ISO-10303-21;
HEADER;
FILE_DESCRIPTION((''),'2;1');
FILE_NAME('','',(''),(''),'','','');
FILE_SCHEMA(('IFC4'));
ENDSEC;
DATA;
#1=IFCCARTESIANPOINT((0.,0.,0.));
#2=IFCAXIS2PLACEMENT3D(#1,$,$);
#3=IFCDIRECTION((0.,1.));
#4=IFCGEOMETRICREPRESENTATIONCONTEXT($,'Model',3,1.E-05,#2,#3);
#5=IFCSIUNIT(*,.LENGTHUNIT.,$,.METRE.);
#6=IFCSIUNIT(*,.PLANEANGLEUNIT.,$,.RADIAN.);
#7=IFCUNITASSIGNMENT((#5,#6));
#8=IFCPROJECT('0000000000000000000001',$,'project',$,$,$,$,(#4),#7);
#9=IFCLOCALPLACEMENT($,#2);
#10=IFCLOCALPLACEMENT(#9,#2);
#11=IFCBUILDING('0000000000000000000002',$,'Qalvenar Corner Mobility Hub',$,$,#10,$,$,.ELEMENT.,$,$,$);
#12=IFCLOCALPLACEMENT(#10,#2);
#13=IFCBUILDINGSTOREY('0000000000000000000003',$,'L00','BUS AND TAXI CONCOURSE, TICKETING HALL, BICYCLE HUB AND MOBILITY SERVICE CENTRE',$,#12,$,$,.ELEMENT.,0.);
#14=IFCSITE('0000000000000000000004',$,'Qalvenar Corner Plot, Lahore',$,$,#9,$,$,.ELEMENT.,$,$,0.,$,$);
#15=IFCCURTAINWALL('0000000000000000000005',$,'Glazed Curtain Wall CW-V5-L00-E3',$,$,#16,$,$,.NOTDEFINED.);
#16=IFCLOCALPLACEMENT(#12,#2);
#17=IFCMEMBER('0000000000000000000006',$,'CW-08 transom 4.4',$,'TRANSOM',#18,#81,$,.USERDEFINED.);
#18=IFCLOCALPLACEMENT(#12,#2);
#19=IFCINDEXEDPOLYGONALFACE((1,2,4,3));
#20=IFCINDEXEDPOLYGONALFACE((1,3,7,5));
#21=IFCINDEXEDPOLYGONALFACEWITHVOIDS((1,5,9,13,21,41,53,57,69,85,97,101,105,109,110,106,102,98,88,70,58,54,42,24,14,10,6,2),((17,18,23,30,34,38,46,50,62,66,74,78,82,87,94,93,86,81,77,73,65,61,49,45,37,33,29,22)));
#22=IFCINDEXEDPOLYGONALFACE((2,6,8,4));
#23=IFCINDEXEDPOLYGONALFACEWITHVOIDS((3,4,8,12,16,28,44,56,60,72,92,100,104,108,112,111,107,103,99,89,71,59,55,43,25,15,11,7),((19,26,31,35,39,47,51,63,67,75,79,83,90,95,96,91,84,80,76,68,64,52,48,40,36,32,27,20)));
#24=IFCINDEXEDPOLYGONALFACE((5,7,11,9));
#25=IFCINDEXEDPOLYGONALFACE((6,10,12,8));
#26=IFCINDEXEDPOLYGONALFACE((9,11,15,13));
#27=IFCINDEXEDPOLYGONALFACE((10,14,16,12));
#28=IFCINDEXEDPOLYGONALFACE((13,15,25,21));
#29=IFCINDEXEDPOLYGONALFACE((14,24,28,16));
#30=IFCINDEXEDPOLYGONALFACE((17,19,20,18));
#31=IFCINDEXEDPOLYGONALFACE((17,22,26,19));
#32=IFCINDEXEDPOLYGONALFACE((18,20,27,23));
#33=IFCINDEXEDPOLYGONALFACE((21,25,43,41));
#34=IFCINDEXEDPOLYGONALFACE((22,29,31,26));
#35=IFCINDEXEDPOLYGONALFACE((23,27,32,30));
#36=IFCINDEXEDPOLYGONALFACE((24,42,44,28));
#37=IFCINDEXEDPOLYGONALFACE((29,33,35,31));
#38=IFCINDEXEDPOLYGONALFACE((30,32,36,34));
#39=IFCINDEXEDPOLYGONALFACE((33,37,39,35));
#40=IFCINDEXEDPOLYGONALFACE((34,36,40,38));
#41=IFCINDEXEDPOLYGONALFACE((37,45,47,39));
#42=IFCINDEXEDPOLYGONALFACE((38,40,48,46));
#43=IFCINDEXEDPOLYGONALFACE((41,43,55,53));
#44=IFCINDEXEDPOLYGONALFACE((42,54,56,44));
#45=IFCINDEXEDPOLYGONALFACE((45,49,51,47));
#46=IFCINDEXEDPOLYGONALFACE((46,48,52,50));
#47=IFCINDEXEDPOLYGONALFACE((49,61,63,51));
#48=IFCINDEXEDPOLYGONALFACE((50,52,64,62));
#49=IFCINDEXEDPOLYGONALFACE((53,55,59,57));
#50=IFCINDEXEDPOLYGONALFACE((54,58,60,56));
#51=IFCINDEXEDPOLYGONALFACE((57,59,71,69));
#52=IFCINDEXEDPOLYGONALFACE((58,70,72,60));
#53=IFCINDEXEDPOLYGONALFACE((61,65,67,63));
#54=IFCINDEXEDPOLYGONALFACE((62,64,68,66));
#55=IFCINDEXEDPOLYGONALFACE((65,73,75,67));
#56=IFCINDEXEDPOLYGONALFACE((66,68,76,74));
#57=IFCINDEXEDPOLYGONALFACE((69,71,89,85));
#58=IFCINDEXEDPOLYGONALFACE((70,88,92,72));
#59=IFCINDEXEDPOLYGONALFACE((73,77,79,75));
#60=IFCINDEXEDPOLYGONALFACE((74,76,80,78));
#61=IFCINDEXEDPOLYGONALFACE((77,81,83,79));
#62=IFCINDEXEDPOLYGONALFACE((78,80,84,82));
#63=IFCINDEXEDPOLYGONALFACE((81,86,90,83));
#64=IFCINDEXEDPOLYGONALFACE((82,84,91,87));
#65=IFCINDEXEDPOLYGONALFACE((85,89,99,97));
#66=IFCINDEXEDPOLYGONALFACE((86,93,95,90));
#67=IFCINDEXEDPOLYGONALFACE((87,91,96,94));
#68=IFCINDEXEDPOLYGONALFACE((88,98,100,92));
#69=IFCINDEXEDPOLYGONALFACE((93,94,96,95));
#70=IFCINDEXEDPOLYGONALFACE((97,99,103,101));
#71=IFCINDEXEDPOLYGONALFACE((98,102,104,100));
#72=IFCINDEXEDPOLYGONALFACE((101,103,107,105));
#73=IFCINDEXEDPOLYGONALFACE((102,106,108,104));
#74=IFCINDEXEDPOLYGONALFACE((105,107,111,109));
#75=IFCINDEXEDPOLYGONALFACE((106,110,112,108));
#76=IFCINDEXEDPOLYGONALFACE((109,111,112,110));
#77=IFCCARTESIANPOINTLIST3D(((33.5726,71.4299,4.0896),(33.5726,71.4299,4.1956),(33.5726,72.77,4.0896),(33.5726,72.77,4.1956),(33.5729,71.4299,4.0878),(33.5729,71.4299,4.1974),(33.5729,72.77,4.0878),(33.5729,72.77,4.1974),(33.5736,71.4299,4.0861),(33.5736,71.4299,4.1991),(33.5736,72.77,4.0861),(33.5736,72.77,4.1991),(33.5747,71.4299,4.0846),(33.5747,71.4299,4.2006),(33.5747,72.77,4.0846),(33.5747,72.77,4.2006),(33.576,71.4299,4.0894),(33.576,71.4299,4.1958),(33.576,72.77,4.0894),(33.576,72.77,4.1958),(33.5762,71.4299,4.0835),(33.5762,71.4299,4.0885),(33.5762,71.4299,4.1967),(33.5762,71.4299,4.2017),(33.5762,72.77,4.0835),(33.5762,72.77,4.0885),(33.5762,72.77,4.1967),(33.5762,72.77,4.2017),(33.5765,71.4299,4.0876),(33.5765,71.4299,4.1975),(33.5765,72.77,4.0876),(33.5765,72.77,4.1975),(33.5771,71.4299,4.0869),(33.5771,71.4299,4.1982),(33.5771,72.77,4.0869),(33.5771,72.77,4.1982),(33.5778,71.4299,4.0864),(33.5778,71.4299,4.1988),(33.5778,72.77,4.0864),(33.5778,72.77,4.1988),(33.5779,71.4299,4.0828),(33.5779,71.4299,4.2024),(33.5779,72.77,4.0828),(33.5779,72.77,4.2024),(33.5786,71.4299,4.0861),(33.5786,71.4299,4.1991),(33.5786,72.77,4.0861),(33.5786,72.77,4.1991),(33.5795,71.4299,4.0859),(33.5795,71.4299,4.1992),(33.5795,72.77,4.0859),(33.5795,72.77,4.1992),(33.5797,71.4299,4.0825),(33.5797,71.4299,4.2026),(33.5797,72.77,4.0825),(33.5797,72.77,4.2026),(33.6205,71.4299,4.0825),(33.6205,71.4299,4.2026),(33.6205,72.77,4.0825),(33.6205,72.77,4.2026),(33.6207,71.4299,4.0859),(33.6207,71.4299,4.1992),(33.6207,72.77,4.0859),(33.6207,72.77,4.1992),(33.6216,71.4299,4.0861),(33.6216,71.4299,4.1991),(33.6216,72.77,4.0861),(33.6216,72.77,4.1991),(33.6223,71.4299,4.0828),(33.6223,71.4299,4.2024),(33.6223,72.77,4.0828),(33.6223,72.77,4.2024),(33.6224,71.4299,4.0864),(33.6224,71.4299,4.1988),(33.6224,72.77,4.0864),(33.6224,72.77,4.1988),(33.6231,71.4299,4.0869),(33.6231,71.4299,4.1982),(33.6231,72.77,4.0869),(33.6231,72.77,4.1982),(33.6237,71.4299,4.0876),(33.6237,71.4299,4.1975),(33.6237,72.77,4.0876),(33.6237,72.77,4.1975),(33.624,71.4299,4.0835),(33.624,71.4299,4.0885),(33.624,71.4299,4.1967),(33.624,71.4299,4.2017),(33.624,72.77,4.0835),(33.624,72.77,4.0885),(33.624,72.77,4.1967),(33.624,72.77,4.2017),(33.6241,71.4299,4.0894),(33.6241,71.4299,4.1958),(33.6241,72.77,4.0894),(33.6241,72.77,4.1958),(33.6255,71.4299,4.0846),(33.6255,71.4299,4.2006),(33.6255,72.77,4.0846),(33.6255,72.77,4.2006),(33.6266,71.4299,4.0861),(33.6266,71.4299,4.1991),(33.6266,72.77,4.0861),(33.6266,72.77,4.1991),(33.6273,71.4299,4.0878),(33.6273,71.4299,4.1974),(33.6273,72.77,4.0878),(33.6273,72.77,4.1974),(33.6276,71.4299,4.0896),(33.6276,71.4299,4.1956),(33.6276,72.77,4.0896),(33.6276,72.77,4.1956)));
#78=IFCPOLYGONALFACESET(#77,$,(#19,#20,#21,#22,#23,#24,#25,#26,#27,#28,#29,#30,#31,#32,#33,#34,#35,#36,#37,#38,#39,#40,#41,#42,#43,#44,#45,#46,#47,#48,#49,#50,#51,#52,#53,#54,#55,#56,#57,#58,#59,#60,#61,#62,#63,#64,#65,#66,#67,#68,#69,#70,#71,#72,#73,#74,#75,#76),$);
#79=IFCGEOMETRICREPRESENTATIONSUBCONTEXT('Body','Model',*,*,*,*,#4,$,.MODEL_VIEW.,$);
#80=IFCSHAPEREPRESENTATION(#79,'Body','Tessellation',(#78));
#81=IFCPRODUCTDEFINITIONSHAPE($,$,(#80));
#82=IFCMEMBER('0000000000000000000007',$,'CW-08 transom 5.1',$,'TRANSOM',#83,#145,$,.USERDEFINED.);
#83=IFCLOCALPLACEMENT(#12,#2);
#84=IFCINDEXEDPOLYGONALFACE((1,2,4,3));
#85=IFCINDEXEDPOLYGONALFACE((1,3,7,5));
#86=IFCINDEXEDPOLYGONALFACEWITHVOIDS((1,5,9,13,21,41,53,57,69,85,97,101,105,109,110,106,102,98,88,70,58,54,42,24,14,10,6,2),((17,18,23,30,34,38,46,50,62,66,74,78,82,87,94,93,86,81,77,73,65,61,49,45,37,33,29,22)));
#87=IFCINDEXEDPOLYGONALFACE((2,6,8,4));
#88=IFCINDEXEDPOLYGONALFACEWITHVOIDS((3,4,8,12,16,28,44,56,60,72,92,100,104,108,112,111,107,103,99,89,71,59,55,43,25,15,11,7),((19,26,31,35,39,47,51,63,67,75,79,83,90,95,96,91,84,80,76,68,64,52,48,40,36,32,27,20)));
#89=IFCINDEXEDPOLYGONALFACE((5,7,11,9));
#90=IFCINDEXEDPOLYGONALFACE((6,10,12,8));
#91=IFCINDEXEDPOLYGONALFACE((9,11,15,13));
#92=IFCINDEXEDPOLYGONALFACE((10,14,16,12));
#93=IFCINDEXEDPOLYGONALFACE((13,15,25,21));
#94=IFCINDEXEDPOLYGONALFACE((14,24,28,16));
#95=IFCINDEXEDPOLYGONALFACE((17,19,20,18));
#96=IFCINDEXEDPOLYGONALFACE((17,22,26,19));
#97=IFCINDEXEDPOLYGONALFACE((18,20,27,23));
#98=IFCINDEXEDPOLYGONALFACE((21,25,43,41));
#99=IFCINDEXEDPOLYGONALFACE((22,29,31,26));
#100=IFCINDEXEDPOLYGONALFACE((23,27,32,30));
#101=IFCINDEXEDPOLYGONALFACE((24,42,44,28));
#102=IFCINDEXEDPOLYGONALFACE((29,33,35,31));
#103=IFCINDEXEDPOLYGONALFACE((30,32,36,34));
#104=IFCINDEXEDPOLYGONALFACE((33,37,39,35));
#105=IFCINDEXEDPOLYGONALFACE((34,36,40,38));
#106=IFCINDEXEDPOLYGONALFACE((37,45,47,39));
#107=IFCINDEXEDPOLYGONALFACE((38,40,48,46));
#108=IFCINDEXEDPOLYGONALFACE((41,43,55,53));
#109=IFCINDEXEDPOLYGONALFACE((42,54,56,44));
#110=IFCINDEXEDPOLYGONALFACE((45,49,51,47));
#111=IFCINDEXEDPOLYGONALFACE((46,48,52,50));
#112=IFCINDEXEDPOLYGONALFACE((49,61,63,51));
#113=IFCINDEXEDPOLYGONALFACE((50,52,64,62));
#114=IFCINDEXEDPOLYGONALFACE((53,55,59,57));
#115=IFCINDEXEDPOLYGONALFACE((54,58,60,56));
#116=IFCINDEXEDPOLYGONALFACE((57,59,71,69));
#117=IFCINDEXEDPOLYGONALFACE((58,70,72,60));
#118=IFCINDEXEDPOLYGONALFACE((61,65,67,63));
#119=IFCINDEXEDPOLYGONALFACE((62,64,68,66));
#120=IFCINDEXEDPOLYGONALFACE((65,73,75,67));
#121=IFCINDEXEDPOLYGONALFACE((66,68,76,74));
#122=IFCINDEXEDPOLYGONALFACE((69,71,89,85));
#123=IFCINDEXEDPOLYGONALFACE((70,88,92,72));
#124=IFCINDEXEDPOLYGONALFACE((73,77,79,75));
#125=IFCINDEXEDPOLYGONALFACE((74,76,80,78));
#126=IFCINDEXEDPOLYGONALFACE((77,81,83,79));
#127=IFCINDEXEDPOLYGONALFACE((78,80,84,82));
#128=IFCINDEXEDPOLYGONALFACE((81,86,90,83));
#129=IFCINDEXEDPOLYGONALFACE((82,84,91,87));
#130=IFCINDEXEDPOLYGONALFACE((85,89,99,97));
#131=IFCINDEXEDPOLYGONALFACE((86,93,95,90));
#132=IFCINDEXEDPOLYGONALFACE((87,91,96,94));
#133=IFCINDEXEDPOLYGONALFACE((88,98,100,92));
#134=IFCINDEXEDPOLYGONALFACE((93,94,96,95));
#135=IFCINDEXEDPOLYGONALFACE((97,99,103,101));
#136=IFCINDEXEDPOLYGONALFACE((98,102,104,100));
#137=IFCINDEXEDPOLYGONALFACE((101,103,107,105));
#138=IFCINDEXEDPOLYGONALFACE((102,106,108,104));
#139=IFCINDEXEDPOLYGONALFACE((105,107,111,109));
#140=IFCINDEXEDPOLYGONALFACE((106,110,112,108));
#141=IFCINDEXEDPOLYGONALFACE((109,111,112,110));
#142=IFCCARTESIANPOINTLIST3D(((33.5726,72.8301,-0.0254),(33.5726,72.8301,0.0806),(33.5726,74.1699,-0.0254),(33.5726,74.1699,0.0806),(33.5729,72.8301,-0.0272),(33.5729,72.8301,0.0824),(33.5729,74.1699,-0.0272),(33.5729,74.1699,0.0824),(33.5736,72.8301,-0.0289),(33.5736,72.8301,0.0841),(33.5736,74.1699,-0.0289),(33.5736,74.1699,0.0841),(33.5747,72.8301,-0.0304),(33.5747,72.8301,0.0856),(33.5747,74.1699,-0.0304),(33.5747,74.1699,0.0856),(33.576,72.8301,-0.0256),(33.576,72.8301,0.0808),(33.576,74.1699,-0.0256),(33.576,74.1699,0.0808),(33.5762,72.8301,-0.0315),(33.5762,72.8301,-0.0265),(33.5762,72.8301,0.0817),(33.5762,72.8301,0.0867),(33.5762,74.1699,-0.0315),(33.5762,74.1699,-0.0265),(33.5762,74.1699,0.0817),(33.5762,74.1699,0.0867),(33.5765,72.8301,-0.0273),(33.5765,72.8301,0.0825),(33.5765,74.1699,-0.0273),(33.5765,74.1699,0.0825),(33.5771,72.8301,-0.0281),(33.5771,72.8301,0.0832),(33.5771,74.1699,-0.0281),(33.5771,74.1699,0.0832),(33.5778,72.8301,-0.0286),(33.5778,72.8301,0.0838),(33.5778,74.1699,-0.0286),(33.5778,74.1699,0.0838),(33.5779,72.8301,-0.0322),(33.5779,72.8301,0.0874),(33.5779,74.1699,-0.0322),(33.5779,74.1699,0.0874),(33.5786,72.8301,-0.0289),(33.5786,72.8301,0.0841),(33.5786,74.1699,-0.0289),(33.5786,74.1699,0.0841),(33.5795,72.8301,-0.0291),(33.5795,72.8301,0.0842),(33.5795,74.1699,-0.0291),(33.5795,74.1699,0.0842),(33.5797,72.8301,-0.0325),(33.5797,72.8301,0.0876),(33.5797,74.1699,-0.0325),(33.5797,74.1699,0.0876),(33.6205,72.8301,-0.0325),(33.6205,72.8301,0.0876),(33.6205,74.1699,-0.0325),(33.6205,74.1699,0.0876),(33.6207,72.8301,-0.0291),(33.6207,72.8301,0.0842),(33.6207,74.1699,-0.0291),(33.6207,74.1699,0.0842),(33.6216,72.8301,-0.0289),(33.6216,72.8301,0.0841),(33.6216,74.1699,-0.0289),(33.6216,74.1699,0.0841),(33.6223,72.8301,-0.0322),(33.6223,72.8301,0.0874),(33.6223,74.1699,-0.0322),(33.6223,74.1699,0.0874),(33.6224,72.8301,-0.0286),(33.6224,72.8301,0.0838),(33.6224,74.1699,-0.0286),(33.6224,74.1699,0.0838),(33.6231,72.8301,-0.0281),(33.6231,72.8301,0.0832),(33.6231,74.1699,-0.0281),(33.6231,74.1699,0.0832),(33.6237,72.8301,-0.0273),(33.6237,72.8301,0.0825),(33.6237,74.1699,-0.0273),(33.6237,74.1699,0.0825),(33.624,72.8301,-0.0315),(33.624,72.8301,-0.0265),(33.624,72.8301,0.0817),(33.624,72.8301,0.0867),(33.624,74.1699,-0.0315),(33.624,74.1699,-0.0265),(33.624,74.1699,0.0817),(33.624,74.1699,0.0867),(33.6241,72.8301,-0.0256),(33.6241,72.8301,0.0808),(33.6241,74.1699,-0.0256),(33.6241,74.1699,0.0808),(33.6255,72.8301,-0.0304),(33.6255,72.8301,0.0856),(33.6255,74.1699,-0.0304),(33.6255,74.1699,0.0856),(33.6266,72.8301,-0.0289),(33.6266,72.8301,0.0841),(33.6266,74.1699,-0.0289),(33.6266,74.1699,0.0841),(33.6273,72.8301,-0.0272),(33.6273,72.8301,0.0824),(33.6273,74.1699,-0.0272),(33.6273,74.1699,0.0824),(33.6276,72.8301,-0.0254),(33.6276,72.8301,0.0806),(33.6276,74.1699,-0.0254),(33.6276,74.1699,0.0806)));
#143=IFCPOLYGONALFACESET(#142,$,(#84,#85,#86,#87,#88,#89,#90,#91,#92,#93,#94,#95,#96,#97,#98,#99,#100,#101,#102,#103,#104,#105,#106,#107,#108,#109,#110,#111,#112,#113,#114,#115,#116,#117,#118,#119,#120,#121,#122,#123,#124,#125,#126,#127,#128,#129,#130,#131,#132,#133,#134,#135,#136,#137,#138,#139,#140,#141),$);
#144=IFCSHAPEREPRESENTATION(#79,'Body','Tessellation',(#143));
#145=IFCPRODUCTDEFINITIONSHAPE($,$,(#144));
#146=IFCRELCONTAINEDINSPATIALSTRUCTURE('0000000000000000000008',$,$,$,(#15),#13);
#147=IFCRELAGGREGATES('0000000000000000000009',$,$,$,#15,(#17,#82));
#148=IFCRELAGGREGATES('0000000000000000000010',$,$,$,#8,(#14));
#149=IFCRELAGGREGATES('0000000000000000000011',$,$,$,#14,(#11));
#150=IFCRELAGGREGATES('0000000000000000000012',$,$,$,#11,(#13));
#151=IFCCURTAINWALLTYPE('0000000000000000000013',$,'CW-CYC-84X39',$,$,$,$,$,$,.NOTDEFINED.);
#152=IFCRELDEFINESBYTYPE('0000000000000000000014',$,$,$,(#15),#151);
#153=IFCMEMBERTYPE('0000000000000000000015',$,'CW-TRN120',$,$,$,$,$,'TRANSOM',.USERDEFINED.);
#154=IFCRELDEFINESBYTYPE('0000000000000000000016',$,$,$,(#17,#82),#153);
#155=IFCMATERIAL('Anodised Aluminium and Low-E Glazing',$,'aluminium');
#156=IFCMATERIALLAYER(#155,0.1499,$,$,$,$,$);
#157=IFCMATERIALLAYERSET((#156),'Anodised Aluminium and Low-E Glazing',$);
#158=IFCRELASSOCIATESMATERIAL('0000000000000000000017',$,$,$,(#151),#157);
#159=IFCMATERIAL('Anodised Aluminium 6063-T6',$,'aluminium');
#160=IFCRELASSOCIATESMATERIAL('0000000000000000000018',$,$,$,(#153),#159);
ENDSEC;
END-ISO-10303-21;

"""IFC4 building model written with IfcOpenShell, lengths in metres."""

from ifc_helpers import new_model, si_unit, direction, frame, origin, origin_2d, place, context, subcontext, project, spatial, hollow_rectangle, extrude, material, layer, layer_set, material_profile, profile_set, type_object, element, aggregate, save


model = new_model("IFC4")

# Units and contexts
model_context = context("Model", 3, precision=1e-05, world=origin(), true_north=direction((0.0, 1.0)))
body_context = subcontext(model_context, "Body", "Model", "MODEL_VIEW")
ifc_project = project(units=[si_unit("LENGTHUNIT", "METRE"), si_unit("PLANEANGLEUNIT", "RADIAN")], contexts=[model_context])

# Site, building, storey
site_placement = place(None, origin())
site = spatial("IfcSite", under=ifc_project, at=site_placement, Name="Qalvenar Corner Plot, Lahore", CompositionType="ELEMENT", RefElevation=0.0)
building_placement = place(site_placement, origin())
building = spatial("IfcBuilding", under=site, at=building_placement, Name="Qalvenar Corner Mobility Hub", CompositionType="ELEMENT")
storey_placement = place(building_placement, origin())
storey = spatial("IfcBuildingStorey", under=building, at=storey_placement, Name="L00", Description="BUS AND TAXI CONCOURSE, TICKETING HALL, BICYCLE HUB AND MOBILITY SERVICE CENTRE", CompositionType="ELEMENT", Elevation=0.0)

# Curtain wall, members
ifc_material_1 = material(Name="Anodised Aluminium and Low-E Glazing", Category="aluminium")
ifc_layer_1 = layer(ifc_material_1, 0.1499)
ifc_layer_set_1 = layer_set([ifc_layer_1], Name="Anodised Aluminium and Low-E Glazing")
curtain_wall_type = type_object("IfcCurtainWallType", Name="CW-CYC-84X39", PredefinedType="NOTDEFINED", material=ifc_layer_set_1)
curtain_wall_placement = place(storey_placement, origin())
curtain_wall = element("IfcCurtainWall", 1, at=curtain_wall_placement, inside=storey, type_object=curtain_wall_type, Name="Glazed Curtain Wall CW-V5-L00-E3", PredefinedType="NOTDEFINED")
ifc_material_2 = material(Name="Anodised Aluminium 6063-T6", Category="aluminium")
ifc_material_profile_1 = material_profile(ifc_material_2, hollow_rectangle(XDim=0.0549, YDim=0.1201, WallThickness=0.0034, InnerFilletRadius=0.0034, OuterFilletRadius=0.0071, at=origin_2d()), Name="RHS120x55x3.5")
ifc_profile_set_1 = profile_set([ifc_material_profile_1], Name="Anodised Aluminium 6063-T6")
member_type_1 = type_object("IfcMemberType", Name="CW-TRN120", ElementType="TRANSOM", PredefinedType="USERDEFINED", material=ifc_profile_set_1)
member_1_placement = place(storey_placement, frame((33.6001, 71.4299, 4.1426), z_axis=(0.0, 1.0, 0.0), x_axis=(-1.0, 0.0, 0.0)))
member_1 = element("IfcMember", 2, at=member_1_placement, type_object=member_type_1, Name="CW-08 transom 4.4", ObjectType="TRANSOM", PredefinedType="USERDEFINED", context=body_context, shape_type="SweptSolid", body=[
    extrude(hollow_rectangle(XDim=0.0549, YDim=0.1201, WallThickness=0.0034, InnerFilletRadius=0.0034, OuterFilletRadius=0.0071, at=origin_2d()), origin(), (0.0, 0.0, 1.0), 1.3401),
])
member_2_placement = place(storey_placement, frame((33.6001, 72.8301, 0.0276), z_axis=(0.0, 1.0, 0.0), x_axis=(-1.0, 0.0, 0.0)))
member_2 = element("IfcMember", 3, at=member_2_placement, type_object=member_type_1, Name="CW-08 transom 5.1", ObjectType="TRANSOM", PredefinedType="USERDEFINED", context=body_context, shape_type="SweptSolid", body=[
    extrude(hollow_rectangle(XDim=0.0549, YDim=0.1201, WallThickness=0.0034, InnerFilletRadius=0.0034, OuterFilletRadius=0.0071, at=origin_2d()), origin(), (0.0, 0.0, 1.0), 1.3398),
])
aggregate(curtain_wall, [member_1, member_2])

save(model, "model.ifc")
